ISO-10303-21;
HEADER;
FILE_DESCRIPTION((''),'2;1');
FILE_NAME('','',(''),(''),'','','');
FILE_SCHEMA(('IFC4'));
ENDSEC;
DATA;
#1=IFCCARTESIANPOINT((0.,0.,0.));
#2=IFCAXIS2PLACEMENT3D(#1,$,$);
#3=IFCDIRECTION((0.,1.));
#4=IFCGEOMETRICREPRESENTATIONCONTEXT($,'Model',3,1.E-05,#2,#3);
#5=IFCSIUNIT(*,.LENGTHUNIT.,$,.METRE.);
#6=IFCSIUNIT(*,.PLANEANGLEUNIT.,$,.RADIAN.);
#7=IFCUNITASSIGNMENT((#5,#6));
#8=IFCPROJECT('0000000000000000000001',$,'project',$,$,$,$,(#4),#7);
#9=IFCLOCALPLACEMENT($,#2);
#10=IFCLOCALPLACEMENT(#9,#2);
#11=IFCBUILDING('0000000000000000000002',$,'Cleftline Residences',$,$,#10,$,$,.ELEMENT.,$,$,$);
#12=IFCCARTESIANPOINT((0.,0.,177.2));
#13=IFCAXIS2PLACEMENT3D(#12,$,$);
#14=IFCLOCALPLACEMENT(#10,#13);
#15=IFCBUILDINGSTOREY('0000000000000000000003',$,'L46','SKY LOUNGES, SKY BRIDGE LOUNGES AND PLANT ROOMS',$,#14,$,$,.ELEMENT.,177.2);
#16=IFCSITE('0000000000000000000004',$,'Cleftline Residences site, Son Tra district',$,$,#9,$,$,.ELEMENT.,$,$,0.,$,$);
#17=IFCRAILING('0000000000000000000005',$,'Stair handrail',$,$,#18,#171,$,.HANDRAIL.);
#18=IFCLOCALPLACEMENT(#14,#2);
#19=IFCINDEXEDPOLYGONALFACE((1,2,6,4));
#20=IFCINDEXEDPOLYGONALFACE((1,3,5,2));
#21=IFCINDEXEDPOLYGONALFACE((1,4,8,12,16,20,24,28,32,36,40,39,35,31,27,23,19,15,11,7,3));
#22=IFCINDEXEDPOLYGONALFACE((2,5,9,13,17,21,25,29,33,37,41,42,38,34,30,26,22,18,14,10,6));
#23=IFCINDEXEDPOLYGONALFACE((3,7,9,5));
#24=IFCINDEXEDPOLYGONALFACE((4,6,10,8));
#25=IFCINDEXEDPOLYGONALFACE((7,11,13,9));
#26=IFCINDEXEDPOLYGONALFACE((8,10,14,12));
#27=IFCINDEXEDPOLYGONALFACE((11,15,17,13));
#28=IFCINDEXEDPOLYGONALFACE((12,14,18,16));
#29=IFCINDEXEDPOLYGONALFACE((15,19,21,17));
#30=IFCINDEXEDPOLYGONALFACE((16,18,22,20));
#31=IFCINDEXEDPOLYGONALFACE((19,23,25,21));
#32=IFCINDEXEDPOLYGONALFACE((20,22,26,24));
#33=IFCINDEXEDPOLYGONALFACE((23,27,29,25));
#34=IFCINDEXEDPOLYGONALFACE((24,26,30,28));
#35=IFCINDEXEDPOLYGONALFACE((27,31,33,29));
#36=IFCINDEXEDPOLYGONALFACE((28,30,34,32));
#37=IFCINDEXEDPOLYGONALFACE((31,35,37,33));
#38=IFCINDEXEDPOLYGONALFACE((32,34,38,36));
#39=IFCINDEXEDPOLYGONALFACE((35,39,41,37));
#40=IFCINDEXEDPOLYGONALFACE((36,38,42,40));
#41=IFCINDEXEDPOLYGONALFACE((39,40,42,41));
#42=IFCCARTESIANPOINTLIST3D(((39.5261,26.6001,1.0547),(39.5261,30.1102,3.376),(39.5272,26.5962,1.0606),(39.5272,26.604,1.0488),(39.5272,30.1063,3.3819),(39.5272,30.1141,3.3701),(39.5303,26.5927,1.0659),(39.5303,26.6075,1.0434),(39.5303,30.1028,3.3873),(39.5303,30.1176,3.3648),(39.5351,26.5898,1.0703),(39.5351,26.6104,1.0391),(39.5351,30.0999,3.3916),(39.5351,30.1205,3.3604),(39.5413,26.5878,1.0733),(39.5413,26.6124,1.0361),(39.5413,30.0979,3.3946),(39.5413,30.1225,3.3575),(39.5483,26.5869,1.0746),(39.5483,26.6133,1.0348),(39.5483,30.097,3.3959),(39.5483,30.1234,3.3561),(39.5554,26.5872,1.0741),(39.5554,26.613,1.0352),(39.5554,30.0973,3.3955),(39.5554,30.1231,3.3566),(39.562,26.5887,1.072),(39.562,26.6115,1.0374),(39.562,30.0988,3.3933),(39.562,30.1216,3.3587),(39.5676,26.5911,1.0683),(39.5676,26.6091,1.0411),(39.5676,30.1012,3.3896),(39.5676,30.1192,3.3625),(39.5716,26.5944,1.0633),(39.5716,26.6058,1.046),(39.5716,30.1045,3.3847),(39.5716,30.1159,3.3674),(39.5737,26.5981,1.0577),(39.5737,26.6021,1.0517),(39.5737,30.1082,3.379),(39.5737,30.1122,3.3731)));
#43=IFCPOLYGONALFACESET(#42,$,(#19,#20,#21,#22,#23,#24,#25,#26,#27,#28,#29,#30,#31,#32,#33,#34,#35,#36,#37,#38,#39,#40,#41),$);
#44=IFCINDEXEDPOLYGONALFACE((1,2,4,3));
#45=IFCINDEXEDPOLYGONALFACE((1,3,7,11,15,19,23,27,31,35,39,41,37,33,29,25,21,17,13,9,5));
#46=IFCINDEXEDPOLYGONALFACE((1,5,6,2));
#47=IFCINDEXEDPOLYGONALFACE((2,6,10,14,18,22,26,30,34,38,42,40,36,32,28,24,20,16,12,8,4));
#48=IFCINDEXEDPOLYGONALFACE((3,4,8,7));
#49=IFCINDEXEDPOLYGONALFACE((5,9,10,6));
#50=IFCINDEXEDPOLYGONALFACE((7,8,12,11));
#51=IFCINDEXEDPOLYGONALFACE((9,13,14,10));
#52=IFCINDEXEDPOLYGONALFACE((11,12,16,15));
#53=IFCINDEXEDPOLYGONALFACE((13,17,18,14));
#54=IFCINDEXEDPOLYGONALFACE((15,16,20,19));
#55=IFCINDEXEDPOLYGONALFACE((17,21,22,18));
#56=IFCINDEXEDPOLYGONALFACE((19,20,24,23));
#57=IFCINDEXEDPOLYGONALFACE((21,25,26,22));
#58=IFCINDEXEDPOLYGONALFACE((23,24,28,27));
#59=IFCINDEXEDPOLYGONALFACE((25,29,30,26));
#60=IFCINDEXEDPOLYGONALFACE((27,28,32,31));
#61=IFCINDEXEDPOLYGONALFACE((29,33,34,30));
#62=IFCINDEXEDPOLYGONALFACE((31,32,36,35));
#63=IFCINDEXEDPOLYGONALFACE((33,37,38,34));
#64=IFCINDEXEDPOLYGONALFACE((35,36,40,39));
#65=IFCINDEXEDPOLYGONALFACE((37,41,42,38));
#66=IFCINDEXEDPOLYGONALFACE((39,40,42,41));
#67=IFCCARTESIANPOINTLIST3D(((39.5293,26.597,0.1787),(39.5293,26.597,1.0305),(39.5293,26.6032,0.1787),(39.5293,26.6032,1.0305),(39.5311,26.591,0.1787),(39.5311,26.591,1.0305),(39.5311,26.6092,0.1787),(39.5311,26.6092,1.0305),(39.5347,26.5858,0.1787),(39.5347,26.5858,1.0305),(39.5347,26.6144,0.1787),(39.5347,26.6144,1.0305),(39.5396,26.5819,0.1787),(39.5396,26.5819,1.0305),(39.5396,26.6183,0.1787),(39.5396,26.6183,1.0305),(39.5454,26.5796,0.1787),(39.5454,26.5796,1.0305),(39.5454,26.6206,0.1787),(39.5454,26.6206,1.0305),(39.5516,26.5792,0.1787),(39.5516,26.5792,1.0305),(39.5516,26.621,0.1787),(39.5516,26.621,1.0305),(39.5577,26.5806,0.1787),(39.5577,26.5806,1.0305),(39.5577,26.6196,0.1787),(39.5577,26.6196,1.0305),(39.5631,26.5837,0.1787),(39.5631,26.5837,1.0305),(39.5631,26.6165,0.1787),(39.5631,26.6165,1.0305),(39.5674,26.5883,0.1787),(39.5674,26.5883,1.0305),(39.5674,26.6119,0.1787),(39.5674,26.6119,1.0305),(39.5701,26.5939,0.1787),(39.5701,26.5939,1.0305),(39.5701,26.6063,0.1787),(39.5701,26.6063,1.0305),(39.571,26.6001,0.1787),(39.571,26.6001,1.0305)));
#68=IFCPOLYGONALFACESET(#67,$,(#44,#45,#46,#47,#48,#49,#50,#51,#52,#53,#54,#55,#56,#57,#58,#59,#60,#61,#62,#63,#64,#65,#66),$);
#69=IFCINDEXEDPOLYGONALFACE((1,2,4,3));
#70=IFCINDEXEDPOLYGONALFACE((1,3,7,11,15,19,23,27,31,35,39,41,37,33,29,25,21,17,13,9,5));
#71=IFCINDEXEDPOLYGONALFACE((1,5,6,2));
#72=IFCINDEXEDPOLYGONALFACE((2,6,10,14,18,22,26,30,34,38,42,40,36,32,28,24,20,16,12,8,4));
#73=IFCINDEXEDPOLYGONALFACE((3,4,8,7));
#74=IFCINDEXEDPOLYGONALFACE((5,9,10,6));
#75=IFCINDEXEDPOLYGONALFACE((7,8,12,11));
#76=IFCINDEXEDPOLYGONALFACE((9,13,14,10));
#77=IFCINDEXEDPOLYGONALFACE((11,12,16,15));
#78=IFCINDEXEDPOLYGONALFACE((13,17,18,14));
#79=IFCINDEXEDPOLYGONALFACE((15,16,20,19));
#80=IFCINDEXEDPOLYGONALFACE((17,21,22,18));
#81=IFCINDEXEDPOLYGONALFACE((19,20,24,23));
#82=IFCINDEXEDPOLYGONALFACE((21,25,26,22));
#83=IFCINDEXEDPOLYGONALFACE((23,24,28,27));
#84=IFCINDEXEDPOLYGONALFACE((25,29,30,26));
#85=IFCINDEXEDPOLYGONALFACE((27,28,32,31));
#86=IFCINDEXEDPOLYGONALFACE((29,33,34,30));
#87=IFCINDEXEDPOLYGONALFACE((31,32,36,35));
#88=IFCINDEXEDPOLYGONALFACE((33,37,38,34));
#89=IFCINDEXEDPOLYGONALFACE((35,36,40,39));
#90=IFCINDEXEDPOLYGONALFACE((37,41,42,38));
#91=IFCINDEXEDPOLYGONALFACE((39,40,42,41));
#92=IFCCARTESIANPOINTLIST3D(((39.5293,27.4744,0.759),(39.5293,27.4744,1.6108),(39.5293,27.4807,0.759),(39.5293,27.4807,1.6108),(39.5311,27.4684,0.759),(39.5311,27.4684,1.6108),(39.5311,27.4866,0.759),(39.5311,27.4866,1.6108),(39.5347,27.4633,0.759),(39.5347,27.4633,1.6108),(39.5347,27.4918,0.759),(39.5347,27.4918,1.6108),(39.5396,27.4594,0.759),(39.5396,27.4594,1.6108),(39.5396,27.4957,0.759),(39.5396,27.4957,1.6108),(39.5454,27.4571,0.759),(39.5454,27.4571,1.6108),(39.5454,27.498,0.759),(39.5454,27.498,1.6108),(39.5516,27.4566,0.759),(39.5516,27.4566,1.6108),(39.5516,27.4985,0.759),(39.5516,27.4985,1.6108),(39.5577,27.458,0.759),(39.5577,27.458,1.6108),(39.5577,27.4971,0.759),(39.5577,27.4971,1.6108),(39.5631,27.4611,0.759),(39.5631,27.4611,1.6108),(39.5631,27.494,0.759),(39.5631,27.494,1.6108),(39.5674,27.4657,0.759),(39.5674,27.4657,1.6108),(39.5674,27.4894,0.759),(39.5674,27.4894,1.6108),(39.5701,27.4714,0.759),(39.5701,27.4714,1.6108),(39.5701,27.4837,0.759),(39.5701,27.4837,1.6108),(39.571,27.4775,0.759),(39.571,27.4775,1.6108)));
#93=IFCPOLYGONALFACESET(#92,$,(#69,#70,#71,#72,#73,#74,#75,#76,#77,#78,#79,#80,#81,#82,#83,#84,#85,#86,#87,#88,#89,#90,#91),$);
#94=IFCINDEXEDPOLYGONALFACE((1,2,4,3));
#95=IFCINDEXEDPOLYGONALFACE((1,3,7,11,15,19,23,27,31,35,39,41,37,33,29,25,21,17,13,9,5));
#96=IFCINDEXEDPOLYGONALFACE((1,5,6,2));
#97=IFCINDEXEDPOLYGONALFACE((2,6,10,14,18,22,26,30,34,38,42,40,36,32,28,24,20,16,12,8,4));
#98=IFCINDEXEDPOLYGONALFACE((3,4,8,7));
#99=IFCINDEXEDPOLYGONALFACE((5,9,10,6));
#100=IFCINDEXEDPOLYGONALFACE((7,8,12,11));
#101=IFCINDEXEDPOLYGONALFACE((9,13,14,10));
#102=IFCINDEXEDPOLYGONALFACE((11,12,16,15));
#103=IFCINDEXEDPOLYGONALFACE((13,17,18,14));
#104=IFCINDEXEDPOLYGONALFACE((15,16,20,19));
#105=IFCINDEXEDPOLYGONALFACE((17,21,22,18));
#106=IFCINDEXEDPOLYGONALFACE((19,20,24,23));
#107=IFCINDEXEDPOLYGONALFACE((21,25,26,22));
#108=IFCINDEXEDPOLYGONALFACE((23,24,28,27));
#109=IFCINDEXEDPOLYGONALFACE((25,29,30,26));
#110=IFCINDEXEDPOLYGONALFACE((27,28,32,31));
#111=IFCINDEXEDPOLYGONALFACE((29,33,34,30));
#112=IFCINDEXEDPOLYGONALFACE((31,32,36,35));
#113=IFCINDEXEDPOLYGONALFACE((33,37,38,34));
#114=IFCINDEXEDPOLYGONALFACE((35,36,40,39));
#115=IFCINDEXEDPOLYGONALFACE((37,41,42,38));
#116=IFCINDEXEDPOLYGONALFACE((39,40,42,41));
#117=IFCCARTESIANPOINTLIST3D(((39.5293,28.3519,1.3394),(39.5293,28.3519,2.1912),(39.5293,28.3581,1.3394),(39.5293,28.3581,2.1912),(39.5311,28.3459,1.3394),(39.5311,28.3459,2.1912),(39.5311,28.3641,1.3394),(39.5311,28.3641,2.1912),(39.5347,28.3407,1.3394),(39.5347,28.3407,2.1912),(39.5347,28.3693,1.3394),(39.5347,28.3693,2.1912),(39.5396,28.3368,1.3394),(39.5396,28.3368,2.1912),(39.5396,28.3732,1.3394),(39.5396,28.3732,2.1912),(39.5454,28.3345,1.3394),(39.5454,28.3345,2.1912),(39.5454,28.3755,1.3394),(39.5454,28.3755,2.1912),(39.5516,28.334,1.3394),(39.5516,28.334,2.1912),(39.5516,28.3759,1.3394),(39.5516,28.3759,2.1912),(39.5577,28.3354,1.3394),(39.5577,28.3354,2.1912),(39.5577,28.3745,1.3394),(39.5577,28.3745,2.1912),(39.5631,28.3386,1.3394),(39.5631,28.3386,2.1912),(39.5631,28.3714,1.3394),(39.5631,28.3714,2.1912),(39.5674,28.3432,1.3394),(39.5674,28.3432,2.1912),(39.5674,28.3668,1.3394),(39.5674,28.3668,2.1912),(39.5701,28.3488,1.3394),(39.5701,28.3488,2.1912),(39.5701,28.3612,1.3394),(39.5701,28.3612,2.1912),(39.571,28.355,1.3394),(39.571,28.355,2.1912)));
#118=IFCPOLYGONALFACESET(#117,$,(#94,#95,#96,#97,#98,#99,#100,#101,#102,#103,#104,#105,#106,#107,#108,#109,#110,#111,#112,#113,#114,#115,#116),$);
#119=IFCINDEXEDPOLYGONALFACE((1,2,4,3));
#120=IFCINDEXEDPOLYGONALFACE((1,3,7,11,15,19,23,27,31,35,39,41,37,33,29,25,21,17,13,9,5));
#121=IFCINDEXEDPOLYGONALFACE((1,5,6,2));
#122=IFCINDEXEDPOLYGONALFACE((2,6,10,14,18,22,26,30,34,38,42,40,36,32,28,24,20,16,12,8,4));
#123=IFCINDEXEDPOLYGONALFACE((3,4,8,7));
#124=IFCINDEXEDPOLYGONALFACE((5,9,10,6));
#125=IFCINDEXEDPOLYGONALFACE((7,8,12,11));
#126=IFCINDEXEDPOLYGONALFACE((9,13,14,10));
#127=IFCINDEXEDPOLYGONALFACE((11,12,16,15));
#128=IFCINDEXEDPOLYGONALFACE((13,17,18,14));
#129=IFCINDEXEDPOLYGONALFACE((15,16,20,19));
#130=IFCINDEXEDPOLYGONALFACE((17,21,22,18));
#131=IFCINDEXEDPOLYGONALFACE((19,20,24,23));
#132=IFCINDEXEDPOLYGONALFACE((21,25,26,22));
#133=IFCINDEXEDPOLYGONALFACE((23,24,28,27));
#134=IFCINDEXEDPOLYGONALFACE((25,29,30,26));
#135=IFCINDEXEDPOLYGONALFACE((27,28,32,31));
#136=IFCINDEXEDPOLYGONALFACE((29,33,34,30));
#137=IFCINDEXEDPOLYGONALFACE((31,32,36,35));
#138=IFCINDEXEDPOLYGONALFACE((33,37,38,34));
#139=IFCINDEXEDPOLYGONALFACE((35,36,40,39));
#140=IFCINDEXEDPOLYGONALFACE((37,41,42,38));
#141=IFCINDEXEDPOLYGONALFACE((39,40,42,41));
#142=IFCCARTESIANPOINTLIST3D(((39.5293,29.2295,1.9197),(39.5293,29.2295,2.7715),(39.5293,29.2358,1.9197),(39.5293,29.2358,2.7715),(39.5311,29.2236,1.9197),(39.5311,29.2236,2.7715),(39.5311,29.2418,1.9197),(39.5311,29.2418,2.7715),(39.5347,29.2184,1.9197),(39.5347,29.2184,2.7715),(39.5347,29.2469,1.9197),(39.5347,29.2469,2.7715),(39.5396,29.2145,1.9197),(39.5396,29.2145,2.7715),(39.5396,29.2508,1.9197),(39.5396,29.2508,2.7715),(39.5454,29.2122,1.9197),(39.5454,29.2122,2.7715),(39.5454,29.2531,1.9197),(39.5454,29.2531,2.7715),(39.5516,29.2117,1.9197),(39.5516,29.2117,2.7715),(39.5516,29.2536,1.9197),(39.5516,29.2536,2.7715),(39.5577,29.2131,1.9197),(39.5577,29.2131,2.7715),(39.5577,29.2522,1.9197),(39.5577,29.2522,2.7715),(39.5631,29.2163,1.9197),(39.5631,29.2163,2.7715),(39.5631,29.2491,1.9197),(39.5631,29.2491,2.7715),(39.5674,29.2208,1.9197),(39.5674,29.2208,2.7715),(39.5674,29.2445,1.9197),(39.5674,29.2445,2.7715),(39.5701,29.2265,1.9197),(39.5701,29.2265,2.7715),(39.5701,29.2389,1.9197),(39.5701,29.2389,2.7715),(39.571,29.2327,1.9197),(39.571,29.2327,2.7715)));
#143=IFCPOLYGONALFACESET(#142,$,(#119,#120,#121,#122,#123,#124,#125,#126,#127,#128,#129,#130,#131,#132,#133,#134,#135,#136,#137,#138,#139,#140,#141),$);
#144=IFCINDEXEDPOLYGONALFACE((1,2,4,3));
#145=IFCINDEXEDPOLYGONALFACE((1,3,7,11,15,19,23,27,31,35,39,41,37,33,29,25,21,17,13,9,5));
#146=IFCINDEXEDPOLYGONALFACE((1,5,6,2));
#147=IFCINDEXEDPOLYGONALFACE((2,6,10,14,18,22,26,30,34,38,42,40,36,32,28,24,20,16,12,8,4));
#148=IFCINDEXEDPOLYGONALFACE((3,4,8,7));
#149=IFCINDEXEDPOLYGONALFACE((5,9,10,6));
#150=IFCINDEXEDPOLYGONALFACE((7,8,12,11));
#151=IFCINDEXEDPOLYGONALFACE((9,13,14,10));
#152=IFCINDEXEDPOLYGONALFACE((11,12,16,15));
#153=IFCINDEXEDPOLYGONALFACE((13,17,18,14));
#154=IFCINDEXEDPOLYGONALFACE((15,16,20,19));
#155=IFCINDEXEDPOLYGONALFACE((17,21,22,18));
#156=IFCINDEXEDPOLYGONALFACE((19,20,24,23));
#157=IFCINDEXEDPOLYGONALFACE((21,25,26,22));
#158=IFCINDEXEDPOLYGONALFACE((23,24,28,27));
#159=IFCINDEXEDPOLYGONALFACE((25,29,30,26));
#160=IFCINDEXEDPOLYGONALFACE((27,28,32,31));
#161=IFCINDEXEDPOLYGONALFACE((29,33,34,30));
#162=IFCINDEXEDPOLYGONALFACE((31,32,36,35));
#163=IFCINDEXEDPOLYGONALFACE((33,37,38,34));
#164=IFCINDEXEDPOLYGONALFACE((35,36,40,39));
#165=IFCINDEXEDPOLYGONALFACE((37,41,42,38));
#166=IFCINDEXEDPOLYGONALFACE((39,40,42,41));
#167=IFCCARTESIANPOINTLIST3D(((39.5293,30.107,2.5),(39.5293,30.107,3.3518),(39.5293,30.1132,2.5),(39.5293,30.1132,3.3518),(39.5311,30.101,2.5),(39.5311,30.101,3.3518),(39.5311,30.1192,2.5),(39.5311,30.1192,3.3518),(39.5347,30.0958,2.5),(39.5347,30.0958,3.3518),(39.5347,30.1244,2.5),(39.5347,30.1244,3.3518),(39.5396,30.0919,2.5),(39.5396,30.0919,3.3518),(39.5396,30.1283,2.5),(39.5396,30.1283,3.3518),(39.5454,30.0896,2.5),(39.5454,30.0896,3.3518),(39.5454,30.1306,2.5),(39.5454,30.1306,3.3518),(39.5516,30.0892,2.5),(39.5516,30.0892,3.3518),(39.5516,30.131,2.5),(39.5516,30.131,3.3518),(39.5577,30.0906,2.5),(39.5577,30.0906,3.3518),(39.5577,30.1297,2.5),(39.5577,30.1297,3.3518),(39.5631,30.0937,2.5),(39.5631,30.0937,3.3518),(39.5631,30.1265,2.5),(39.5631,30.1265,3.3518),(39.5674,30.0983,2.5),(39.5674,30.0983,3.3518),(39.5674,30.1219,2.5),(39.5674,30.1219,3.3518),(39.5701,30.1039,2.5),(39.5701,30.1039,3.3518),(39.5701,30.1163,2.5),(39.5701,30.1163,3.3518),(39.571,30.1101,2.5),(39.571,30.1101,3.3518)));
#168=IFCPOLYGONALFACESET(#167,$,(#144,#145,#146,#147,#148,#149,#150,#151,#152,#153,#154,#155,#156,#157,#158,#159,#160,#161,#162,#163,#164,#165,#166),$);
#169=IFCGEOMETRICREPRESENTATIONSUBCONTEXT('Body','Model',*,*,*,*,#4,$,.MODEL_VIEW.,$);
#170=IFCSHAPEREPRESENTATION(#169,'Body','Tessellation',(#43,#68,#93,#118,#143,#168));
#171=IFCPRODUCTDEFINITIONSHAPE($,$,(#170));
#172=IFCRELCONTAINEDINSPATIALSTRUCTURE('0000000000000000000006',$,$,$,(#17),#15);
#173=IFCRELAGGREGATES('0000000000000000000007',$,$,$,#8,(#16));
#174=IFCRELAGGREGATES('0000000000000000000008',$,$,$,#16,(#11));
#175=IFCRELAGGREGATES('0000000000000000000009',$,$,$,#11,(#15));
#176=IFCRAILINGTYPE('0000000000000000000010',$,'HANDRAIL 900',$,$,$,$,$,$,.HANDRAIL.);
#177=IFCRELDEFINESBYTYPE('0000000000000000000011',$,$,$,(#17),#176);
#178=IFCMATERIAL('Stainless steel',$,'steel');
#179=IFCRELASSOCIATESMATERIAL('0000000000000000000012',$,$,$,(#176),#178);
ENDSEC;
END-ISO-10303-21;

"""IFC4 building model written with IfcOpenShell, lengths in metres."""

from ifc_helpers import new_model, si_unit, direction, frame, origin, origin_2d, place, context, subcontext, project, spatial, circle, extrude, material, type_object, element, save


model = new_model("IFC4")

# Units and contexts
model_context = context("Model", 3, precision=1e-05, world=origin(), true_north=direction((0.0, 1.0)))
body_context = subcontext(model_context, "Body", "Model", "MODEL_VIEW")
ifc_project = project(units=[si_unit("LENGTHUNIT", "METRE"), si_unit("PLANEANGLEUNIT", "RADIAN")], contexts=[model_context])

# Site, building, storey
site_placement = place(None, origin())
site = spatial("IfcSite", under=ifc_project, at=site_placement, Name="Cleftline Residences site, Son Tra district", CompositionType="ELEMENT", RefElevation=0.0)
building_placement = place(site_placement, origin())
building = spatial("IfcBuilding", under=site, at=building_placement, Name="Cleftline Residences", CompositionType="ELEMENT")
storey_placement = place(building_placement, frame((0.0, 0.0, 177.2)))
storey = spatial("IfcBuildingStorey", under=building, at=storey_placement, Name="L46", Description="SKY LOUNGES, SKY BRIDGE LOUNGES AND PLANT ROOMS", CompositionType="ELEMENT", Elevation=177.2)

# Railing
ifc_material_1 = material(Name="Stainless steel", Category="steel")
railing_type = type_object("IfcRailingType", Name="HANDRAIL 900", PredefinedType="HANDRAIL", material=ifc_material_1)
railing_1_placement = place(storey_placement, frame((39.55, 26.6001, 0.1787)))
element("IfcRailing", 1, at=railing_1_placement, inside=storey, type_object=railing_type, Name="Stair handrail", PredefinedType="HANDRAIL", context=body_context, shape_type="SweptSolid", body=[
    extrude(circle(Radius=0.0239, at=origin_2d()), frame((0.0, 0.0, 0.876), z_axis=(0.0, 0.834097, 0.551617), x_axis=(-1.0, 0.0, 0.0)), (0.0, 0.0, 1.0), 4.2083),
    extrude(circle(Radius=0.021, at=origin_2d()), origin(), (0.0, 0.0, 1.0), 0.8518),
    extrude(circle(Radius=0.021, at=origin_2d()), frame((0.0, 0.8774, 0.5803)), (0.0, 0.0, 1.0), 0.8518),
    extrude(circle(Radius=0.021, at=origin_2d()), frame((0.0, 1.7549, 1.1606)), (0.0, 0.0, 1.0), 0.8518),
    extrude(circle(Radius=0.021, at=origin_2d()), frame((0.0, 2.6326, 1.741)), (0.0, 0.0, 1.0), 0.8518),
    extrude(circle(Radius=0.021, at=origin_2d()), frame((0.0, 3.51, 2.3213)), (0.0, 0.0, 1.0), 0.8518),
])

save(model, "model.ifc")
